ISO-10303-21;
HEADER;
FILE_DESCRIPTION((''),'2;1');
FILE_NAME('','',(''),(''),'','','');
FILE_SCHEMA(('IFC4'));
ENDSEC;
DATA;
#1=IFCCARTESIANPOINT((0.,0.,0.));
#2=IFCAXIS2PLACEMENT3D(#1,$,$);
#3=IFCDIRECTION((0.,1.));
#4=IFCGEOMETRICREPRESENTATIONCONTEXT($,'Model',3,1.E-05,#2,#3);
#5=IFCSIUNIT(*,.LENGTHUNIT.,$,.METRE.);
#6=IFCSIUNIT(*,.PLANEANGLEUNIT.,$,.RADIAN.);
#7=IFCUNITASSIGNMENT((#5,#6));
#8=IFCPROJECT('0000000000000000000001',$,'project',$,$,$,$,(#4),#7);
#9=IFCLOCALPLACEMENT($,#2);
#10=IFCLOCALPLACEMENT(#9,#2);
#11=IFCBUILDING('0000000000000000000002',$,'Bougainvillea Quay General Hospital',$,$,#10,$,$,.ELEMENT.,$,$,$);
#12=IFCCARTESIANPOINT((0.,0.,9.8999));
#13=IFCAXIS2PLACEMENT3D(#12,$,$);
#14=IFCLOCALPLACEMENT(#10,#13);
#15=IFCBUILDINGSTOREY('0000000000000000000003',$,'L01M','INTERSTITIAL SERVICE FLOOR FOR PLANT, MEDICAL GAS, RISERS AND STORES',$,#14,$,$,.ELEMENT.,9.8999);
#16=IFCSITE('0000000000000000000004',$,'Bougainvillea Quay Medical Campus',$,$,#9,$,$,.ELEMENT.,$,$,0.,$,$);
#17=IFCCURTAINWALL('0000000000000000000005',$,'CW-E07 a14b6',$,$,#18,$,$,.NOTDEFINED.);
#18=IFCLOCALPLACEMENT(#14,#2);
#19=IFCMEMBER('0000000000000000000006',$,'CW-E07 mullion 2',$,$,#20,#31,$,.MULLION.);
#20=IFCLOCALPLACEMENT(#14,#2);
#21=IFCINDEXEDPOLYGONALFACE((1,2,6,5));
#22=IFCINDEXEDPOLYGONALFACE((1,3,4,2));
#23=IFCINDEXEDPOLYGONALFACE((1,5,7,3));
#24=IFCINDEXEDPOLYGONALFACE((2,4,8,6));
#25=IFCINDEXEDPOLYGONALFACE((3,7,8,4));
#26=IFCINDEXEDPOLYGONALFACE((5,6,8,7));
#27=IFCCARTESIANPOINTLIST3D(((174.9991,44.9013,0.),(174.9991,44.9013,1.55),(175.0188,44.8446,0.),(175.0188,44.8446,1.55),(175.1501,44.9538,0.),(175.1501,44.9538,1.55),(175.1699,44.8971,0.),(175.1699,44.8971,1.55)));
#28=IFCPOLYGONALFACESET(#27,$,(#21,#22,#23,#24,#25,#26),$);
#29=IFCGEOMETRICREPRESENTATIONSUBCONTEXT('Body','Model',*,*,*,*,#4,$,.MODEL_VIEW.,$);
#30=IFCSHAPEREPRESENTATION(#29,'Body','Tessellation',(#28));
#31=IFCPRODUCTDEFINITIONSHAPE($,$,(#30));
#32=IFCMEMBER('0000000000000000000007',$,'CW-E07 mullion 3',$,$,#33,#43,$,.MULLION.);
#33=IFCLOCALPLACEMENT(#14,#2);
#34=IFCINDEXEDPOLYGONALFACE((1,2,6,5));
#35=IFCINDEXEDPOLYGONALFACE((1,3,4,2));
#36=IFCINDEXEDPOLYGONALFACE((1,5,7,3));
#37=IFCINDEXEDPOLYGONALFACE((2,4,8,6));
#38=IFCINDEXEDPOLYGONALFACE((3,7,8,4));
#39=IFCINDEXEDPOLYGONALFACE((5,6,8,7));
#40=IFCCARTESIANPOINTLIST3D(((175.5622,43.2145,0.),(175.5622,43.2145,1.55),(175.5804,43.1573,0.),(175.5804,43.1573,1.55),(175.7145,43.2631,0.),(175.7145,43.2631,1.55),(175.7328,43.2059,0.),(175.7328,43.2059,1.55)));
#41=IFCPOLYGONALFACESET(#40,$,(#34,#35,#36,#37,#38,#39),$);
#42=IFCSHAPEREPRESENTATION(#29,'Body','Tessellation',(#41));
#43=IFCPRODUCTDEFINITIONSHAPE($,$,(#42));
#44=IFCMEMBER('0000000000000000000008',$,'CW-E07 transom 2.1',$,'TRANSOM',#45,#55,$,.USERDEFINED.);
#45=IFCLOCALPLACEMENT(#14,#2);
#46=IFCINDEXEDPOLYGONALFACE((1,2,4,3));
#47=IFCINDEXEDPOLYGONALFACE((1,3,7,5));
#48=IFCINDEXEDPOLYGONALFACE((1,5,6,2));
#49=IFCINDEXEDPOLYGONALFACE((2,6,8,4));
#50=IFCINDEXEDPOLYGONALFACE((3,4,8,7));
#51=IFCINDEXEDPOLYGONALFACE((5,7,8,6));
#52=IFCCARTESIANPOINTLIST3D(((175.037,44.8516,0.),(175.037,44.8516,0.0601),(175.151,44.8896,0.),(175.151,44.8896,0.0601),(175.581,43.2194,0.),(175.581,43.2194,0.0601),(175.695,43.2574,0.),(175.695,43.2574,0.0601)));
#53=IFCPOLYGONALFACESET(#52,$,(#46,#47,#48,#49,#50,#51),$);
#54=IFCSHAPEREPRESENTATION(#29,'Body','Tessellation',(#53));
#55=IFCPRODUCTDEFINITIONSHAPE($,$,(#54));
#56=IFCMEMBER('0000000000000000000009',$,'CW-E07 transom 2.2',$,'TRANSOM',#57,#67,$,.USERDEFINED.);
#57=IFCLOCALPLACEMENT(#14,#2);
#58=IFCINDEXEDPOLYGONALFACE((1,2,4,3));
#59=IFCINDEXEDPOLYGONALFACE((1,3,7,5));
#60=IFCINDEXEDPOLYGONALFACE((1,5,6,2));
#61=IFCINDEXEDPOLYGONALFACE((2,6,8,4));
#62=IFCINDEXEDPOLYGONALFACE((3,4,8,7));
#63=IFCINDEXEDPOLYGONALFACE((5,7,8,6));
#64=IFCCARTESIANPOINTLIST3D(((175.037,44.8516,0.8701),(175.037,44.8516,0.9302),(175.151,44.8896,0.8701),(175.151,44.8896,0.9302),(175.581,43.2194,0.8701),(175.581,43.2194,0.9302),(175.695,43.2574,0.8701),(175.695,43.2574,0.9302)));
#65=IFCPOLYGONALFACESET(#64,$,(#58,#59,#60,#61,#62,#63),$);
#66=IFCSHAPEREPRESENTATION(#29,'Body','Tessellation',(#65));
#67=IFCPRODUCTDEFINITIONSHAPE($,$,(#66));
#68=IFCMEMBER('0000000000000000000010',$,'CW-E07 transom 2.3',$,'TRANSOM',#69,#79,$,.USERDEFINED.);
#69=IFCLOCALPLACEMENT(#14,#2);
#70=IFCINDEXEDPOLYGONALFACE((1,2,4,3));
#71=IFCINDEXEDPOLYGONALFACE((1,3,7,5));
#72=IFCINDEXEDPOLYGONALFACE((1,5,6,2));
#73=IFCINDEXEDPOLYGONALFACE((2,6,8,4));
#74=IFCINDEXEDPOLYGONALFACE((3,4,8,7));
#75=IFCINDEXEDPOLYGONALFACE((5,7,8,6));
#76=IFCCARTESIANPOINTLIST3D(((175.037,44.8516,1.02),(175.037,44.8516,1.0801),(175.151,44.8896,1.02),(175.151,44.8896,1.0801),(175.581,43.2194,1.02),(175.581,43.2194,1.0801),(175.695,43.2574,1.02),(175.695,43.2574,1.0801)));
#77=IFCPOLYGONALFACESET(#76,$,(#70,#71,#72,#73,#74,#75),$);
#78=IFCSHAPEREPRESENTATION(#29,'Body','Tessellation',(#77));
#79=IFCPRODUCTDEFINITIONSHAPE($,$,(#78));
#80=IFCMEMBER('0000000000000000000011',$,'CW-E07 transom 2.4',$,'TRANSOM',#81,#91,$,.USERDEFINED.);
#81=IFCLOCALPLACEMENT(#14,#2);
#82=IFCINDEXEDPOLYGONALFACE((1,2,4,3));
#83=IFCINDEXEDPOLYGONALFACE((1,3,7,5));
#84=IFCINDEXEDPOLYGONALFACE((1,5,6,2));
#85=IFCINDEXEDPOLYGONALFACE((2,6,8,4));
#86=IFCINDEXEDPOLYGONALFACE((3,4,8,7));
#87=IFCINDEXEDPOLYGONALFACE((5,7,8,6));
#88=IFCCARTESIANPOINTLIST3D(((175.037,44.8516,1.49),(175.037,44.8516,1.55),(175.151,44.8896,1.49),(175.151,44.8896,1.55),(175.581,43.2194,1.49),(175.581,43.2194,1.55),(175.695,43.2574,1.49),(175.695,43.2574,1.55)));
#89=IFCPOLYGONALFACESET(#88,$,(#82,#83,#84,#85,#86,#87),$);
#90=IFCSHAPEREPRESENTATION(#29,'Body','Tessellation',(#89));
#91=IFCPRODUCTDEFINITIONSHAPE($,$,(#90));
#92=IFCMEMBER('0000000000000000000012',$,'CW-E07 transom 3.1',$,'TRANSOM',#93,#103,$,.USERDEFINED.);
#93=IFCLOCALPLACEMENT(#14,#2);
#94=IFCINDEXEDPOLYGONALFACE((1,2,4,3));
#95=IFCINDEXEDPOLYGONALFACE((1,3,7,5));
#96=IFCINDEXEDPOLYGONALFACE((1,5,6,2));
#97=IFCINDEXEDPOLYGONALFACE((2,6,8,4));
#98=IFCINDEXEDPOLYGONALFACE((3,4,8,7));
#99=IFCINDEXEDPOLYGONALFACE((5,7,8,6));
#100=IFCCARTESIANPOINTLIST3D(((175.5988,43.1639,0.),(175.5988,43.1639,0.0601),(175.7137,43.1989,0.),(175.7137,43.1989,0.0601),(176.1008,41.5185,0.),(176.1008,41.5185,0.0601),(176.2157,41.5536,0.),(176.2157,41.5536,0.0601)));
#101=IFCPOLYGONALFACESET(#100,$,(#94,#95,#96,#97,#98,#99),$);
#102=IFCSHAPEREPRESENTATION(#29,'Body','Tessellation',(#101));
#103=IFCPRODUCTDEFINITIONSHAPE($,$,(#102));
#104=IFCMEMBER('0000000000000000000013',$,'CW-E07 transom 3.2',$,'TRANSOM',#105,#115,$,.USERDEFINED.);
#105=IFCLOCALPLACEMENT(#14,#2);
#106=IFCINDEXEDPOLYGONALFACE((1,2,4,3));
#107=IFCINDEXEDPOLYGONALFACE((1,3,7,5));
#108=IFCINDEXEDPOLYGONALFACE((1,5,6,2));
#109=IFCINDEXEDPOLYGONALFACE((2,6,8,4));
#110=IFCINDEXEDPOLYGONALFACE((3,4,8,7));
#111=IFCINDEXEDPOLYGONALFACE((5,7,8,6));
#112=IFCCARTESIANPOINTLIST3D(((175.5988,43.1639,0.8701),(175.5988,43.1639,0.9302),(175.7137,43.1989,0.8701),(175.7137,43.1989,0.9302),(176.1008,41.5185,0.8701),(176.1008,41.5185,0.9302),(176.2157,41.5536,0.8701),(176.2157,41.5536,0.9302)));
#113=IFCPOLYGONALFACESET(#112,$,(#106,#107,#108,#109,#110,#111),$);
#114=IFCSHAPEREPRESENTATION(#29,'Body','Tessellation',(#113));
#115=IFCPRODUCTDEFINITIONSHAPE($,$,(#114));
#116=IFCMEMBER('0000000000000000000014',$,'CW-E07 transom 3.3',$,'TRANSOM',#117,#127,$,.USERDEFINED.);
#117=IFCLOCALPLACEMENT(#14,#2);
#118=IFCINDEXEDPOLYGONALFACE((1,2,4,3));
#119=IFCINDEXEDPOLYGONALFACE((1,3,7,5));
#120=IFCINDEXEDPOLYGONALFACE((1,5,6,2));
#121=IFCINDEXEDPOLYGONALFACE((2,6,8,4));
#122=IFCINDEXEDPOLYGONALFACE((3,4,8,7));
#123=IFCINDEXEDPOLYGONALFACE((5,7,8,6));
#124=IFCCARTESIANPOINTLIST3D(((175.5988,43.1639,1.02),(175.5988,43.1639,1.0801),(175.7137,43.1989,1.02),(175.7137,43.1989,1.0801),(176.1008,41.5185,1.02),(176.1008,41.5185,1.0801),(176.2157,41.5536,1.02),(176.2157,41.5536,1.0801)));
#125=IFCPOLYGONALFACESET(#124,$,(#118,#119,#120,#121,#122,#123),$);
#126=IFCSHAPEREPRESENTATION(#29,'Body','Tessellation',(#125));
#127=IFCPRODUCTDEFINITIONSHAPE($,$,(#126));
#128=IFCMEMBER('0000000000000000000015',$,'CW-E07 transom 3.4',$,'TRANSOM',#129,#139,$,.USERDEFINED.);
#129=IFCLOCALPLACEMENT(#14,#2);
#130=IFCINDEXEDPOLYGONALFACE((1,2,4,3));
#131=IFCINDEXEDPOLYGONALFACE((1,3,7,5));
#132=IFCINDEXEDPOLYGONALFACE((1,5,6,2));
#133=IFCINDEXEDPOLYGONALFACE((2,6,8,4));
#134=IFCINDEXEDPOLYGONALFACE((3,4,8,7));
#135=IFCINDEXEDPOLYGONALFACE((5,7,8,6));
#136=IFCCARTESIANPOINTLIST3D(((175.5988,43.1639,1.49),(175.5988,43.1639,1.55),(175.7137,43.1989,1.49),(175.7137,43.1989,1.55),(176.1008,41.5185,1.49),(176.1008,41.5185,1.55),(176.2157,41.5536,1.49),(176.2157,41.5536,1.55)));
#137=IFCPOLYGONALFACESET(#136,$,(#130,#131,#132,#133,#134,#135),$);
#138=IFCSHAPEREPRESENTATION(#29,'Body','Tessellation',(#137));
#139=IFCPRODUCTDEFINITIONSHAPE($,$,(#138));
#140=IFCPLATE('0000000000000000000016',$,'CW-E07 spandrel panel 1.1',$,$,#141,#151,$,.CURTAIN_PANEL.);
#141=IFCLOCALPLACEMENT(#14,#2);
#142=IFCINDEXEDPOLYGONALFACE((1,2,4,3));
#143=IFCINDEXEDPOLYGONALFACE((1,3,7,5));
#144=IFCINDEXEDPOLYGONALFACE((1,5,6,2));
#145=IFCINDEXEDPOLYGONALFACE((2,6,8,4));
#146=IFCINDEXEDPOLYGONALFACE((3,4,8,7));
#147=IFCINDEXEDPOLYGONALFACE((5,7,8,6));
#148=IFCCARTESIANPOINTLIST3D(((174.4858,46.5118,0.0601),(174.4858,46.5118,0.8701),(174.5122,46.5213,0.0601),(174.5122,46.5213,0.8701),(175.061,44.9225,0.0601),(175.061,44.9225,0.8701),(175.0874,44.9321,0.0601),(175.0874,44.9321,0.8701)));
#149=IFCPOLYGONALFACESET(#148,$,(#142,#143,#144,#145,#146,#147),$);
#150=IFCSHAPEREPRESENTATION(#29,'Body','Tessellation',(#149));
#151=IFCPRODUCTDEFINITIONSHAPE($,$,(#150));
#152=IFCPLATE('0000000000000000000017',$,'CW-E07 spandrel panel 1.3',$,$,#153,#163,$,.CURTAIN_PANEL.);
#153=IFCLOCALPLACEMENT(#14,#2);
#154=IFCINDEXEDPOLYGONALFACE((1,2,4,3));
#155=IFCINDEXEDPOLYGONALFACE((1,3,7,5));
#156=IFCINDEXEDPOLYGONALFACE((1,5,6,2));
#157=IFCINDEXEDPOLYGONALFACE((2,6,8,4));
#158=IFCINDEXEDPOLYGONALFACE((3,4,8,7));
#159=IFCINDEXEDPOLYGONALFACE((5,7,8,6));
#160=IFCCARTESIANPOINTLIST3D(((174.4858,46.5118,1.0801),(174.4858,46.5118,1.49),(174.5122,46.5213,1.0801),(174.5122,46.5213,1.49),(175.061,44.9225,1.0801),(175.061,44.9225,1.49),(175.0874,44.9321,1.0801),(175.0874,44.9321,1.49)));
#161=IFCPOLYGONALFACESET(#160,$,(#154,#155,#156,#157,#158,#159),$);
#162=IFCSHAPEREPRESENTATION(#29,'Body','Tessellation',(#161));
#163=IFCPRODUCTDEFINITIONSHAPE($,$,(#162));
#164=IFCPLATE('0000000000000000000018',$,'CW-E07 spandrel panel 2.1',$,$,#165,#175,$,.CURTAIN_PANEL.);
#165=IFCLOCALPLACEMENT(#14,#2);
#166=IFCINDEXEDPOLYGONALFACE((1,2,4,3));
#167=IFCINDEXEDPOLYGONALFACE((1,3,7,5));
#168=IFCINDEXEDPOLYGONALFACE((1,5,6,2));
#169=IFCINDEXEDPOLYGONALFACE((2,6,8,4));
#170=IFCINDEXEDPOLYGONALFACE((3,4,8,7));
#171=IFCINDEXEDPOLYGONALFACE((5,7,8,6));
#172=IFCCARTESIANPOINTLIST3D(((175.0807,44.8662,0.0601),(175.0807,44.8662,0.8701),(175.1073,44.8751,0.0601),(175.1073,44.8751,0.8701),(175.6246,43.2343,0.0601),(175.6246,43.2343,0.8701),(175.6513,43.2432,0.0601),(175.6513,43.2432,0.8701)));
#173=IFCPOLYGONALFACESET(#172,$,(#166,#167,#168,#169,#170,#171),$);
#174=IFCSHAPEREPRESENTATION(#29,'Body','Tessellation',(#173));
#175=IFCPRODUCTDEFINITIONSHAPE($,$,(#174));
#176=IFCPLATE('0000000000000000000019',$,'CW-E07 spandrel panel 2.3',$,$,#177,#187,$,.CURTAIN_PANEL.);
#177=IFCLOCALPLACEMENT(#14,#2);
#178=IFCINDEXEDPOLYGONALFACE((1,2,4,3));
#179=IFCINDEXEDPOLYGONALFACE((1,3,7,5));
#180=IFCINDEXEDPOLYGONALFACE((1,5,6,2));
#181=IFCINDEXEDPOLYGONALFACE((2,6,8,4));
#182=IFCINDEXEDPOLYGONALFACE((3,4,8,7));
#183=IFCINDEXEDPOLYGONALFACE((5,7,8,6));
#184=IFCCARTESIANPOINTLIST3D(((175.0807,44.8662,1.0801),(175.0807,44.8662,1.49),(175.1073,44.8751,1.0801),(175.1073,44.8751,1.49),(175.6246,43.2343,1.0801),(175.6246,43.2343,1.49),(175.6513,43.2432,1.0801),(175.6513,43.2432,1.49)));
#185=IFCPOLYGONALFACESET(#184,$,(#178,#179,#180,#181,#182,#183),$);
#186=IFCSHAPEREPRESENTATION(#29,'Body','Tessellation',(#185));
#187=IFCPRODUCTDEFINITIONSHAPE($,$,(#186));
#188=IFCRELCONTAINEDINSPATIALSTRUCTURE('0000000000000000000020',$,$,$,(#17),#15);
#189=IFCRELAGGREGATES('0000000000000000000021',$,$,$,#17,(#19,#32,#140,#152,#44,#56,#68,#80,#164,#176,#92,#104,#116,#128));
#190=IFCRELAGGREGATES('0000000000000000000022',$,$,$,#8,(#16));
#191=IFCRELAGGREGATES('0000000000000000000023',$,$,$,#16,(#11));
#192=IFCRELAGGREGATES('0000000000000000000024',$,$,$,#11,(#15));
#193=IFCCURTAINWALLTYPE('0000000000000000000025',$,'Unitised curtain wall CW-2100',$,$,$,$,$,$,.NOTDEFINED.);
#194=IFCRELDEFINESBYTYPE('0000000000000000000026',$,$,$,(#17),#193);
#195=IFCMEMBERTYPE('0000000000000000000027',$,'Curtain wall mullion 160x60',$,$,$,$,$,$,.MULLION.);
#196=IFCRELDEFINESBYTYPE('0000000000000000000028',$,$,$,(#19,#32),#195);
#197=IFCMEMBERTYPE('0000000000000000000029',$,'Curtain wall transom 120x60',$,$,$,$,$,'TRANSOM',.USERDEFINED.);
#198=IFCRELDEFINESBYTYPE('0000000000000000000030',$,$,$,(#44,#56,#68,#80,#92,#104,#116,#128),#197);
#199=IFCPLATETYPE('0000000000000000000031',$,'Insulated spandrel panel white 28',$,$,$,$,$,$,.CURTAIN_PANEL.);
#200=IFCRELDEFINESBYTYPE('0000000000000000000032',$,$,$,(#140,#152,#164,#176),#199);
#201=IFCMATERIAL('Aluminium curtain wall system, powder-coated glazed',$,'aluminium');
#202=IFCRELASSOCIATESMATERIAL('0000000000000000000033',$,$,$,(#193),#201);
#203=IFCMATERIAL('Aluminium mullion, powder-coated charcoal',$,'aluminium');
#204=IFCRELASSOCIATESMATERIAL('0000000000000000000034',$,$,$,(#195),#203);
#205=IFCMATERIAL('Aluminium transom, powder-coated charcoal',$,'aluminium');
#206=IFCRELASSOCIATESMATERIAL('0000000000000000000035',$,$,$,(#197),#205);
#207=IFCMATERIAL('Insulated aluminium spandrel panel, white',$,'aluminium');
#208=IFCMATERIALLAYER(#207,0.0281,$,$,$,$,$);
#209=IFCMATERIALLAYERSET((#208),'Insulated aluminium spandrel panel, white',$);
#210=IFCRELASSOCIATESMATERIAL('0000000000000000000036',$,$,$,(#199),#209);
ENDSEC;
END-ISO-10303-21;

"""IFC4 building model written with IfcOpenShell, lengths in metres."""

from ifc_helpers import new_model, si_unit, direction, frame, origin, origin_2d, place, context, subcontext, project, spatial, rectangle, extrude, material, layer, layer_set, material_profile, profile_set, type_object, element, aggregate, save


model = new_model("IFC4")

# Units and contexts
model_context = context("Model", 3, precision=1e-05, world=origin(), true_north=direction((0.0, 1.0)))
body_context = subcontext(model_context, "Body", "Model", "MODEL_VIEW")
ifc_project = project(units=[si_unit("LENGTHUNIT", "METRE"), si_unit("PLANEANGLEUNIT", "RADIAN")], contexts=[model_context])

# Site, building, storey
site_placement = place(None, origin())
site = spatial("IfcSite", under=ifc_project, at=site_placement, Name="Bougainvillea Quay Medical Campus", CompositionType="ELEMENT", RefElevation=0.0)
building_placement = place(site_placement, origin())
building = spatial("IfcBuilding", under=site, at=building_placement, Name="Bougainvillea Quay General Hospital", CompositionType="ELEMENT")
storey_placement = place(building_placement, frame((0.0, 0.0, 9.8999)))
storey = spatial("IfcBuildingStorey", under=building, at=storey_placement, Name="L01M", Description="INTERSTITIAL SERVICE FLOOR FOR PLANT, MEDICAL GAS, RISERS AND STORES", CompositionType="ELEMENT", Elevation=9.8999)

# Curtain wall, members, plates
ifc_material_1 = material(Name="Aluminium curtain wall system, powder-coated glazed", Category="aluminium")
curtain_wall_type = type_object("IfcCurtainWallType", Name="Unitised curtain wall CW-2100", PredefinedType="NOTDEFINED", material=ifc_material_1)
curtain_wall_placement = place(storey_placement, origin())
curtain_wall = element("IfcCurtainWall", 1, at=curtain_wall_placement, inside=storey, type_object=curtain_wall_type, Name="CW-E07 a14b6", PredefinedType="NOTDEFINED")
ifc_material_2 = material(Name="Aluminium mullion, powder-coated charcoal", Category="aluminium")
ifc_material_profile_1 = material_profile(ifc_material_2, rectangle(XDim=0.1599, YDim=0.0601, at=origin_2d()))
ifc_profile_set_1 = profile_set([ifc_material_profile_1], Name="Aluminium mullion, powder-coated charcoal")
member_type_1 = type_object("IfcMemberType", Name="Curtain wall mullion 160x60", PredefinedType="MULLION", material=ifc_profile_set_1)
member_1_placement = place(storey_placement, frame((175.0845, 44.8992, 0.0), z_axis=(0.0, 0.0, 1.0), x_axis=(0.944574, 0.3283, 0.0)))
member_1 = element("IfcMember", 2, at=member_1_placement, type_object=member_type_1, Name="CW-E07 mullion 2", PredefinedType="MULLION", context=body_context, shape_type="SweptSolid", body=[
    extrude(rectangle(XDim=0.1599, YDim=0.0601, at=origin_2d()), origin(), (0.0, 0.0, 1.0), 1.55),
])
member_2_placement = place(storey_placement, frame((175.6475, 43.2102, 0.0), z_axis=(0.0, 0.0, 1.0), x_axis=(0.952644, 0.304086, 0.0)))
member_2 = element("IfcMember", 3, at=member_2_placement, type_object=member_type_1, Name="CW-E07 mullion 3", PredefinedType="MULLION", context=body_context, shape_type="SweptSolid", body=[
    extrude(rectangle(XDim=0.1599, YDim=0.0601, at=origin_2d()), origin(), (0.0, 0.0, 1.0), 1.55),
])
ifc_material_3 = material(Name="Aluminium transom, powder-coated charcoal", Category="aluminium")
ifc_material_profile_2 = material_profile(ifc_material_3, rectangle(XDim=0.1201, YDim=0.0601, at=origin_2d()))
ifc_profile_set_2 = profile_set([ifc_material_profile_2], Name="Aluminium transom, powder-coated charcoal")
member_type_2 = type_object("IfcMemberType", Name="Curtain wall transom 120x60", ElementType="TRANSOM", PredefinedType="USERDEFINED", material=ifc_profile_set_2)
member_3_placement = place(storey_placement, frame((175.094, 44.8706, 0.03), z_axis=(0.316185, -0.948697, 0.0), x_axis=(0.948697, 0.316185, 0.0)))
member_3 = element("IfcMember", 4, at=member_3_placement, type_object=member_type_2, Name="CW-E07 transom 2.1", ObjectType="TRANSOM", PredefinedType="USERDEFINED", context=body_context, shape_type="SweptSolid", body=[
    extrude(rectangle(XDim=0.1201, YDim=0.0601, at=origin_2d()), origin(), (0.0, 0.0, 1.0), 1.7205),
])
member_4_placement = place(storey_placement, frame((175.094, 44.8706, 0.9001), z_axis=(0.316185, -0.948697, 0.0), x_axis=(0.948697, 0.316185, 0.0)))
member_4 = element("IfcMember", 5, at=member_4_placement, type_object=member_type_2, Name="CW-E07 transom 2.2", ObjectType="TRANSOM", PredefinedType="USERDEFINED", context=body_context, shape_type="SweptSolid", body=[
    extrude(rectangle(XDim=0.1201, YDim=0.0601, at=origin_2d()), origin(), (0.0, 0.0, 1.0), 1.7205),
])
member_5_placement = place(storey_placement, frame((175.094, 44.8706, 1.05), z_axis=(0.316185, -0.948697, 0.0), x_axis=(0.948697, 0.316185, 0.0)))
member_5 = element("IfcMember", 6, at=member_5_placement, type_object=member_type_2, Name="CW-E07 transom 2.3", ObjectType="TRANSOM", PredefinedType="USERDEFINED", context=body_context, shape_type="SweptSolid", body=[
    extrude(rectangle(XDim=0.1201, YDim=0.0601, at=origin_2d()), origin(), (0.0, 0.0, 1.0), 1.7205),
])
member_6_placement = place(storey_placement, frame((175.094, 44.8706, 1.52), z_axis=(0.316185, -0.948697, 0.0), x_axis=(0.948697, 0.316185, 0.0)))
member_6 = element("IfcMember", 7, at=member_6_placement, type_object=member_type_2, Name="CW-E07 transom 2.4", ObjectType="TRANSOM", PredefinedType="USERDEFINED", context=body_context, shape_type="SweptSolid", body=[
    extrude(rectangle(XDim=0.1201, YDim=0.0601, at=origin_2d()), origin(), (0.0, 0.0, 1.0), 1.7205),
])
member_7_placement = place(storey_placement, frame((175.6562, 43.1814, 0.03), z_axis=(0.291811, -0.956476, 0.0), x_axis=(0.956476, 0.291811, 0.0)))
member_7 = element("IfcMember", 8, at=member_7_placement, type_object=member_type_2, Name="CW-E07 transom 3.1", ObjectType="TRANSOM", PredefinedType="USERDEFINED", context=body_context, shape_type="SweptSolid", body=[
    extrude(rectangle(XDim=0.1201, YDim=0.0601, at=origin_2d()), origin(), (0.0, 0.0, 1.0), 1.7202),
])
member_8_placement = place(storey_placement, frame((175.6562, 43.1814, 0.9001), z_axis=(0.291811, -0.956476, 0.0), x_axis=(0.956476, 0.291811, 0.0)))
member_8 = element("IfcMember", 9, at=member_8_placement, type_object=member_type_2, Name="CW-E07 transom 3.2", ObjectType="TRANSOM", PredefinedType="USERDEFINED", context=body_context, shape_type="SweptSolid", body=[
    extrude(rectangle(XDim=0.1201, YDim=0.0601, at=origin_2d()), origin(), (0.0, 0.0, 1.0), 1.7202),
])
member_9_placement = place(storey_placement, frame((175.6562, 43.1814, 1.05), z_axis=(0.291811, -0.956476, 0.0), x_axis=(0.956476, 0.291811, 0.0)))
member_9 = element("IfcMember", 10, at=member_9_placement, type_object=member_type_2, Name="CW-E07 transom 3.3", ObjectType="TRANSOM", PredefinedType="USERDEFINED", context=body_context, shape_type="SweptSolid", body=[
    extrude(rectangle(XDim=0.1201, YDim=0.0601, at=origin_2d()), origin(), (0.0, 0.0, 1.0), 1.7202),
])
member_10_placement = place(storey_placement, frame((175.6562, 43.1814, 1.52), z_axis=(0.291811, -0.956476, 0.0), x_axis=(0.956476, 0.291811, 0.0)))
member_10 = element("IfcMember", 11, at=member_10_placement, type_object=member_type_2, Name="CW-E07 transom 3.4", ObjectType="TRANSOM", PredefinedType="USERDEFINED", context=body_context, shape_type="SweptSolid", body=[
    extrude(rectangle(XDim=0.1201, YDim=0.0601, at=origin_2d()), origin(), (0.0, 0.0, 1.0), 1.7202),
])
ifc_material_4 = material(Name="Insulated aluminium spandrel panel, white", Category="aluminium")
ifc_layer_1 = layer(ifc_material_4, 0.0281)
ifc_layer_set_1 = layer_set([ifc_layer_1], Name="Insulated aluminium spandrel panel, white")
plate_type_1 = type_object("IfcPlateType", Name="Insulated spandrel panel white 28", PredefinedType="CURTAIN_PANEL", material=ifc_layer_set_1)
plate_1_placement = place(storey_placement, frame((174.7866, 45.7219, 0.0601), z_axis=(0.0, 0.0, 1.0), x_axis=(0.340327, -0.940307, 0.0)))
plate_1 = element("IfcPlate", 12, at=plate_1_placement, type_object=plate_type_1, Name="CW-E07 spandrel panel 1.1", PredefinedType="CURTAIN_PANEL", context=body_context, shape_type="SweptSolid", body=[
    extrude(rectangle(XDim=1.6902, YDim=0.0281, at=origin_2d()), origin(), (0.0, 0.0, 1.0), 0.8101),
])
plate_2_placement = place(storey_placement, frame((174.7866, 45.7219, 1.0801), z_axis=(0.0, 0.0, 1.0), x_axis=(0.340327, -0.940307, 0.0)))
plate_2 = element("IfcPlate", 13, at=plate_2_placement, type_object=plate_type_1, Name="CW-E07 spandrel panel 1.3", PredefinedType="CURTAIN_PANEL", context=body_context, shape_type="SweptSolid", body=[
    extrude(rectangle(XDim=1.6902, YDim=0.0281, at=origin_2d()), origin(), (0.0, 0.0, 1.0), 0.4099),
])
plate_3_placement = place(storey_placement, frame((175.366, 44.0547, 0.0601), z_axis=(0.0, 0.0, 1.0), x_axis=(0.316219, -0.948686, 0.0)))
plate_3 = element("IfcPlate", 14, at=plate_3_placement, type_object=plate_type_1, Name="CW-E07 spandrel panel 2.1", PredefinedType="CURTAIN_PANEL", context=body_context, shape_type="SweptSolid", body=[
    extrude(rectangle(XDim=1.7202, YDim=0.0281, at=origin_2d()), origin(), (0.0, 0.0, 1.0), 0.8101),
])
plate_4_placement = place(storey_placement, frame((175.366, 44.0547, 1.0801), z_axis=(0.0, 0.0, 1.0), x_axis=(0.316219, -0.948686, 0.0)))
plate_4 = element("IfcPlate", 15, at=plate_4_placement, type_object=plate_type_1, Name="CW-E07 spandrel panel 2.3", PredefinedType="CURTAIN_PANEL", context=body_context, shape_type="SweptSolid", body=[
    extrude(rectangle(XDim=1.7202, YDim=0.0281, at=origin_2d()), origin(), (0.0, 0.0, 1.0), 0.4099),
])
aggregate(curtain_wall, [member_1, member_2, plate_1, plate_2, member_3, member_4, member_5, member_6, plate_3, plate_4, member_7, member_8, member_9, member_10])

save(model, "model.ifc")
